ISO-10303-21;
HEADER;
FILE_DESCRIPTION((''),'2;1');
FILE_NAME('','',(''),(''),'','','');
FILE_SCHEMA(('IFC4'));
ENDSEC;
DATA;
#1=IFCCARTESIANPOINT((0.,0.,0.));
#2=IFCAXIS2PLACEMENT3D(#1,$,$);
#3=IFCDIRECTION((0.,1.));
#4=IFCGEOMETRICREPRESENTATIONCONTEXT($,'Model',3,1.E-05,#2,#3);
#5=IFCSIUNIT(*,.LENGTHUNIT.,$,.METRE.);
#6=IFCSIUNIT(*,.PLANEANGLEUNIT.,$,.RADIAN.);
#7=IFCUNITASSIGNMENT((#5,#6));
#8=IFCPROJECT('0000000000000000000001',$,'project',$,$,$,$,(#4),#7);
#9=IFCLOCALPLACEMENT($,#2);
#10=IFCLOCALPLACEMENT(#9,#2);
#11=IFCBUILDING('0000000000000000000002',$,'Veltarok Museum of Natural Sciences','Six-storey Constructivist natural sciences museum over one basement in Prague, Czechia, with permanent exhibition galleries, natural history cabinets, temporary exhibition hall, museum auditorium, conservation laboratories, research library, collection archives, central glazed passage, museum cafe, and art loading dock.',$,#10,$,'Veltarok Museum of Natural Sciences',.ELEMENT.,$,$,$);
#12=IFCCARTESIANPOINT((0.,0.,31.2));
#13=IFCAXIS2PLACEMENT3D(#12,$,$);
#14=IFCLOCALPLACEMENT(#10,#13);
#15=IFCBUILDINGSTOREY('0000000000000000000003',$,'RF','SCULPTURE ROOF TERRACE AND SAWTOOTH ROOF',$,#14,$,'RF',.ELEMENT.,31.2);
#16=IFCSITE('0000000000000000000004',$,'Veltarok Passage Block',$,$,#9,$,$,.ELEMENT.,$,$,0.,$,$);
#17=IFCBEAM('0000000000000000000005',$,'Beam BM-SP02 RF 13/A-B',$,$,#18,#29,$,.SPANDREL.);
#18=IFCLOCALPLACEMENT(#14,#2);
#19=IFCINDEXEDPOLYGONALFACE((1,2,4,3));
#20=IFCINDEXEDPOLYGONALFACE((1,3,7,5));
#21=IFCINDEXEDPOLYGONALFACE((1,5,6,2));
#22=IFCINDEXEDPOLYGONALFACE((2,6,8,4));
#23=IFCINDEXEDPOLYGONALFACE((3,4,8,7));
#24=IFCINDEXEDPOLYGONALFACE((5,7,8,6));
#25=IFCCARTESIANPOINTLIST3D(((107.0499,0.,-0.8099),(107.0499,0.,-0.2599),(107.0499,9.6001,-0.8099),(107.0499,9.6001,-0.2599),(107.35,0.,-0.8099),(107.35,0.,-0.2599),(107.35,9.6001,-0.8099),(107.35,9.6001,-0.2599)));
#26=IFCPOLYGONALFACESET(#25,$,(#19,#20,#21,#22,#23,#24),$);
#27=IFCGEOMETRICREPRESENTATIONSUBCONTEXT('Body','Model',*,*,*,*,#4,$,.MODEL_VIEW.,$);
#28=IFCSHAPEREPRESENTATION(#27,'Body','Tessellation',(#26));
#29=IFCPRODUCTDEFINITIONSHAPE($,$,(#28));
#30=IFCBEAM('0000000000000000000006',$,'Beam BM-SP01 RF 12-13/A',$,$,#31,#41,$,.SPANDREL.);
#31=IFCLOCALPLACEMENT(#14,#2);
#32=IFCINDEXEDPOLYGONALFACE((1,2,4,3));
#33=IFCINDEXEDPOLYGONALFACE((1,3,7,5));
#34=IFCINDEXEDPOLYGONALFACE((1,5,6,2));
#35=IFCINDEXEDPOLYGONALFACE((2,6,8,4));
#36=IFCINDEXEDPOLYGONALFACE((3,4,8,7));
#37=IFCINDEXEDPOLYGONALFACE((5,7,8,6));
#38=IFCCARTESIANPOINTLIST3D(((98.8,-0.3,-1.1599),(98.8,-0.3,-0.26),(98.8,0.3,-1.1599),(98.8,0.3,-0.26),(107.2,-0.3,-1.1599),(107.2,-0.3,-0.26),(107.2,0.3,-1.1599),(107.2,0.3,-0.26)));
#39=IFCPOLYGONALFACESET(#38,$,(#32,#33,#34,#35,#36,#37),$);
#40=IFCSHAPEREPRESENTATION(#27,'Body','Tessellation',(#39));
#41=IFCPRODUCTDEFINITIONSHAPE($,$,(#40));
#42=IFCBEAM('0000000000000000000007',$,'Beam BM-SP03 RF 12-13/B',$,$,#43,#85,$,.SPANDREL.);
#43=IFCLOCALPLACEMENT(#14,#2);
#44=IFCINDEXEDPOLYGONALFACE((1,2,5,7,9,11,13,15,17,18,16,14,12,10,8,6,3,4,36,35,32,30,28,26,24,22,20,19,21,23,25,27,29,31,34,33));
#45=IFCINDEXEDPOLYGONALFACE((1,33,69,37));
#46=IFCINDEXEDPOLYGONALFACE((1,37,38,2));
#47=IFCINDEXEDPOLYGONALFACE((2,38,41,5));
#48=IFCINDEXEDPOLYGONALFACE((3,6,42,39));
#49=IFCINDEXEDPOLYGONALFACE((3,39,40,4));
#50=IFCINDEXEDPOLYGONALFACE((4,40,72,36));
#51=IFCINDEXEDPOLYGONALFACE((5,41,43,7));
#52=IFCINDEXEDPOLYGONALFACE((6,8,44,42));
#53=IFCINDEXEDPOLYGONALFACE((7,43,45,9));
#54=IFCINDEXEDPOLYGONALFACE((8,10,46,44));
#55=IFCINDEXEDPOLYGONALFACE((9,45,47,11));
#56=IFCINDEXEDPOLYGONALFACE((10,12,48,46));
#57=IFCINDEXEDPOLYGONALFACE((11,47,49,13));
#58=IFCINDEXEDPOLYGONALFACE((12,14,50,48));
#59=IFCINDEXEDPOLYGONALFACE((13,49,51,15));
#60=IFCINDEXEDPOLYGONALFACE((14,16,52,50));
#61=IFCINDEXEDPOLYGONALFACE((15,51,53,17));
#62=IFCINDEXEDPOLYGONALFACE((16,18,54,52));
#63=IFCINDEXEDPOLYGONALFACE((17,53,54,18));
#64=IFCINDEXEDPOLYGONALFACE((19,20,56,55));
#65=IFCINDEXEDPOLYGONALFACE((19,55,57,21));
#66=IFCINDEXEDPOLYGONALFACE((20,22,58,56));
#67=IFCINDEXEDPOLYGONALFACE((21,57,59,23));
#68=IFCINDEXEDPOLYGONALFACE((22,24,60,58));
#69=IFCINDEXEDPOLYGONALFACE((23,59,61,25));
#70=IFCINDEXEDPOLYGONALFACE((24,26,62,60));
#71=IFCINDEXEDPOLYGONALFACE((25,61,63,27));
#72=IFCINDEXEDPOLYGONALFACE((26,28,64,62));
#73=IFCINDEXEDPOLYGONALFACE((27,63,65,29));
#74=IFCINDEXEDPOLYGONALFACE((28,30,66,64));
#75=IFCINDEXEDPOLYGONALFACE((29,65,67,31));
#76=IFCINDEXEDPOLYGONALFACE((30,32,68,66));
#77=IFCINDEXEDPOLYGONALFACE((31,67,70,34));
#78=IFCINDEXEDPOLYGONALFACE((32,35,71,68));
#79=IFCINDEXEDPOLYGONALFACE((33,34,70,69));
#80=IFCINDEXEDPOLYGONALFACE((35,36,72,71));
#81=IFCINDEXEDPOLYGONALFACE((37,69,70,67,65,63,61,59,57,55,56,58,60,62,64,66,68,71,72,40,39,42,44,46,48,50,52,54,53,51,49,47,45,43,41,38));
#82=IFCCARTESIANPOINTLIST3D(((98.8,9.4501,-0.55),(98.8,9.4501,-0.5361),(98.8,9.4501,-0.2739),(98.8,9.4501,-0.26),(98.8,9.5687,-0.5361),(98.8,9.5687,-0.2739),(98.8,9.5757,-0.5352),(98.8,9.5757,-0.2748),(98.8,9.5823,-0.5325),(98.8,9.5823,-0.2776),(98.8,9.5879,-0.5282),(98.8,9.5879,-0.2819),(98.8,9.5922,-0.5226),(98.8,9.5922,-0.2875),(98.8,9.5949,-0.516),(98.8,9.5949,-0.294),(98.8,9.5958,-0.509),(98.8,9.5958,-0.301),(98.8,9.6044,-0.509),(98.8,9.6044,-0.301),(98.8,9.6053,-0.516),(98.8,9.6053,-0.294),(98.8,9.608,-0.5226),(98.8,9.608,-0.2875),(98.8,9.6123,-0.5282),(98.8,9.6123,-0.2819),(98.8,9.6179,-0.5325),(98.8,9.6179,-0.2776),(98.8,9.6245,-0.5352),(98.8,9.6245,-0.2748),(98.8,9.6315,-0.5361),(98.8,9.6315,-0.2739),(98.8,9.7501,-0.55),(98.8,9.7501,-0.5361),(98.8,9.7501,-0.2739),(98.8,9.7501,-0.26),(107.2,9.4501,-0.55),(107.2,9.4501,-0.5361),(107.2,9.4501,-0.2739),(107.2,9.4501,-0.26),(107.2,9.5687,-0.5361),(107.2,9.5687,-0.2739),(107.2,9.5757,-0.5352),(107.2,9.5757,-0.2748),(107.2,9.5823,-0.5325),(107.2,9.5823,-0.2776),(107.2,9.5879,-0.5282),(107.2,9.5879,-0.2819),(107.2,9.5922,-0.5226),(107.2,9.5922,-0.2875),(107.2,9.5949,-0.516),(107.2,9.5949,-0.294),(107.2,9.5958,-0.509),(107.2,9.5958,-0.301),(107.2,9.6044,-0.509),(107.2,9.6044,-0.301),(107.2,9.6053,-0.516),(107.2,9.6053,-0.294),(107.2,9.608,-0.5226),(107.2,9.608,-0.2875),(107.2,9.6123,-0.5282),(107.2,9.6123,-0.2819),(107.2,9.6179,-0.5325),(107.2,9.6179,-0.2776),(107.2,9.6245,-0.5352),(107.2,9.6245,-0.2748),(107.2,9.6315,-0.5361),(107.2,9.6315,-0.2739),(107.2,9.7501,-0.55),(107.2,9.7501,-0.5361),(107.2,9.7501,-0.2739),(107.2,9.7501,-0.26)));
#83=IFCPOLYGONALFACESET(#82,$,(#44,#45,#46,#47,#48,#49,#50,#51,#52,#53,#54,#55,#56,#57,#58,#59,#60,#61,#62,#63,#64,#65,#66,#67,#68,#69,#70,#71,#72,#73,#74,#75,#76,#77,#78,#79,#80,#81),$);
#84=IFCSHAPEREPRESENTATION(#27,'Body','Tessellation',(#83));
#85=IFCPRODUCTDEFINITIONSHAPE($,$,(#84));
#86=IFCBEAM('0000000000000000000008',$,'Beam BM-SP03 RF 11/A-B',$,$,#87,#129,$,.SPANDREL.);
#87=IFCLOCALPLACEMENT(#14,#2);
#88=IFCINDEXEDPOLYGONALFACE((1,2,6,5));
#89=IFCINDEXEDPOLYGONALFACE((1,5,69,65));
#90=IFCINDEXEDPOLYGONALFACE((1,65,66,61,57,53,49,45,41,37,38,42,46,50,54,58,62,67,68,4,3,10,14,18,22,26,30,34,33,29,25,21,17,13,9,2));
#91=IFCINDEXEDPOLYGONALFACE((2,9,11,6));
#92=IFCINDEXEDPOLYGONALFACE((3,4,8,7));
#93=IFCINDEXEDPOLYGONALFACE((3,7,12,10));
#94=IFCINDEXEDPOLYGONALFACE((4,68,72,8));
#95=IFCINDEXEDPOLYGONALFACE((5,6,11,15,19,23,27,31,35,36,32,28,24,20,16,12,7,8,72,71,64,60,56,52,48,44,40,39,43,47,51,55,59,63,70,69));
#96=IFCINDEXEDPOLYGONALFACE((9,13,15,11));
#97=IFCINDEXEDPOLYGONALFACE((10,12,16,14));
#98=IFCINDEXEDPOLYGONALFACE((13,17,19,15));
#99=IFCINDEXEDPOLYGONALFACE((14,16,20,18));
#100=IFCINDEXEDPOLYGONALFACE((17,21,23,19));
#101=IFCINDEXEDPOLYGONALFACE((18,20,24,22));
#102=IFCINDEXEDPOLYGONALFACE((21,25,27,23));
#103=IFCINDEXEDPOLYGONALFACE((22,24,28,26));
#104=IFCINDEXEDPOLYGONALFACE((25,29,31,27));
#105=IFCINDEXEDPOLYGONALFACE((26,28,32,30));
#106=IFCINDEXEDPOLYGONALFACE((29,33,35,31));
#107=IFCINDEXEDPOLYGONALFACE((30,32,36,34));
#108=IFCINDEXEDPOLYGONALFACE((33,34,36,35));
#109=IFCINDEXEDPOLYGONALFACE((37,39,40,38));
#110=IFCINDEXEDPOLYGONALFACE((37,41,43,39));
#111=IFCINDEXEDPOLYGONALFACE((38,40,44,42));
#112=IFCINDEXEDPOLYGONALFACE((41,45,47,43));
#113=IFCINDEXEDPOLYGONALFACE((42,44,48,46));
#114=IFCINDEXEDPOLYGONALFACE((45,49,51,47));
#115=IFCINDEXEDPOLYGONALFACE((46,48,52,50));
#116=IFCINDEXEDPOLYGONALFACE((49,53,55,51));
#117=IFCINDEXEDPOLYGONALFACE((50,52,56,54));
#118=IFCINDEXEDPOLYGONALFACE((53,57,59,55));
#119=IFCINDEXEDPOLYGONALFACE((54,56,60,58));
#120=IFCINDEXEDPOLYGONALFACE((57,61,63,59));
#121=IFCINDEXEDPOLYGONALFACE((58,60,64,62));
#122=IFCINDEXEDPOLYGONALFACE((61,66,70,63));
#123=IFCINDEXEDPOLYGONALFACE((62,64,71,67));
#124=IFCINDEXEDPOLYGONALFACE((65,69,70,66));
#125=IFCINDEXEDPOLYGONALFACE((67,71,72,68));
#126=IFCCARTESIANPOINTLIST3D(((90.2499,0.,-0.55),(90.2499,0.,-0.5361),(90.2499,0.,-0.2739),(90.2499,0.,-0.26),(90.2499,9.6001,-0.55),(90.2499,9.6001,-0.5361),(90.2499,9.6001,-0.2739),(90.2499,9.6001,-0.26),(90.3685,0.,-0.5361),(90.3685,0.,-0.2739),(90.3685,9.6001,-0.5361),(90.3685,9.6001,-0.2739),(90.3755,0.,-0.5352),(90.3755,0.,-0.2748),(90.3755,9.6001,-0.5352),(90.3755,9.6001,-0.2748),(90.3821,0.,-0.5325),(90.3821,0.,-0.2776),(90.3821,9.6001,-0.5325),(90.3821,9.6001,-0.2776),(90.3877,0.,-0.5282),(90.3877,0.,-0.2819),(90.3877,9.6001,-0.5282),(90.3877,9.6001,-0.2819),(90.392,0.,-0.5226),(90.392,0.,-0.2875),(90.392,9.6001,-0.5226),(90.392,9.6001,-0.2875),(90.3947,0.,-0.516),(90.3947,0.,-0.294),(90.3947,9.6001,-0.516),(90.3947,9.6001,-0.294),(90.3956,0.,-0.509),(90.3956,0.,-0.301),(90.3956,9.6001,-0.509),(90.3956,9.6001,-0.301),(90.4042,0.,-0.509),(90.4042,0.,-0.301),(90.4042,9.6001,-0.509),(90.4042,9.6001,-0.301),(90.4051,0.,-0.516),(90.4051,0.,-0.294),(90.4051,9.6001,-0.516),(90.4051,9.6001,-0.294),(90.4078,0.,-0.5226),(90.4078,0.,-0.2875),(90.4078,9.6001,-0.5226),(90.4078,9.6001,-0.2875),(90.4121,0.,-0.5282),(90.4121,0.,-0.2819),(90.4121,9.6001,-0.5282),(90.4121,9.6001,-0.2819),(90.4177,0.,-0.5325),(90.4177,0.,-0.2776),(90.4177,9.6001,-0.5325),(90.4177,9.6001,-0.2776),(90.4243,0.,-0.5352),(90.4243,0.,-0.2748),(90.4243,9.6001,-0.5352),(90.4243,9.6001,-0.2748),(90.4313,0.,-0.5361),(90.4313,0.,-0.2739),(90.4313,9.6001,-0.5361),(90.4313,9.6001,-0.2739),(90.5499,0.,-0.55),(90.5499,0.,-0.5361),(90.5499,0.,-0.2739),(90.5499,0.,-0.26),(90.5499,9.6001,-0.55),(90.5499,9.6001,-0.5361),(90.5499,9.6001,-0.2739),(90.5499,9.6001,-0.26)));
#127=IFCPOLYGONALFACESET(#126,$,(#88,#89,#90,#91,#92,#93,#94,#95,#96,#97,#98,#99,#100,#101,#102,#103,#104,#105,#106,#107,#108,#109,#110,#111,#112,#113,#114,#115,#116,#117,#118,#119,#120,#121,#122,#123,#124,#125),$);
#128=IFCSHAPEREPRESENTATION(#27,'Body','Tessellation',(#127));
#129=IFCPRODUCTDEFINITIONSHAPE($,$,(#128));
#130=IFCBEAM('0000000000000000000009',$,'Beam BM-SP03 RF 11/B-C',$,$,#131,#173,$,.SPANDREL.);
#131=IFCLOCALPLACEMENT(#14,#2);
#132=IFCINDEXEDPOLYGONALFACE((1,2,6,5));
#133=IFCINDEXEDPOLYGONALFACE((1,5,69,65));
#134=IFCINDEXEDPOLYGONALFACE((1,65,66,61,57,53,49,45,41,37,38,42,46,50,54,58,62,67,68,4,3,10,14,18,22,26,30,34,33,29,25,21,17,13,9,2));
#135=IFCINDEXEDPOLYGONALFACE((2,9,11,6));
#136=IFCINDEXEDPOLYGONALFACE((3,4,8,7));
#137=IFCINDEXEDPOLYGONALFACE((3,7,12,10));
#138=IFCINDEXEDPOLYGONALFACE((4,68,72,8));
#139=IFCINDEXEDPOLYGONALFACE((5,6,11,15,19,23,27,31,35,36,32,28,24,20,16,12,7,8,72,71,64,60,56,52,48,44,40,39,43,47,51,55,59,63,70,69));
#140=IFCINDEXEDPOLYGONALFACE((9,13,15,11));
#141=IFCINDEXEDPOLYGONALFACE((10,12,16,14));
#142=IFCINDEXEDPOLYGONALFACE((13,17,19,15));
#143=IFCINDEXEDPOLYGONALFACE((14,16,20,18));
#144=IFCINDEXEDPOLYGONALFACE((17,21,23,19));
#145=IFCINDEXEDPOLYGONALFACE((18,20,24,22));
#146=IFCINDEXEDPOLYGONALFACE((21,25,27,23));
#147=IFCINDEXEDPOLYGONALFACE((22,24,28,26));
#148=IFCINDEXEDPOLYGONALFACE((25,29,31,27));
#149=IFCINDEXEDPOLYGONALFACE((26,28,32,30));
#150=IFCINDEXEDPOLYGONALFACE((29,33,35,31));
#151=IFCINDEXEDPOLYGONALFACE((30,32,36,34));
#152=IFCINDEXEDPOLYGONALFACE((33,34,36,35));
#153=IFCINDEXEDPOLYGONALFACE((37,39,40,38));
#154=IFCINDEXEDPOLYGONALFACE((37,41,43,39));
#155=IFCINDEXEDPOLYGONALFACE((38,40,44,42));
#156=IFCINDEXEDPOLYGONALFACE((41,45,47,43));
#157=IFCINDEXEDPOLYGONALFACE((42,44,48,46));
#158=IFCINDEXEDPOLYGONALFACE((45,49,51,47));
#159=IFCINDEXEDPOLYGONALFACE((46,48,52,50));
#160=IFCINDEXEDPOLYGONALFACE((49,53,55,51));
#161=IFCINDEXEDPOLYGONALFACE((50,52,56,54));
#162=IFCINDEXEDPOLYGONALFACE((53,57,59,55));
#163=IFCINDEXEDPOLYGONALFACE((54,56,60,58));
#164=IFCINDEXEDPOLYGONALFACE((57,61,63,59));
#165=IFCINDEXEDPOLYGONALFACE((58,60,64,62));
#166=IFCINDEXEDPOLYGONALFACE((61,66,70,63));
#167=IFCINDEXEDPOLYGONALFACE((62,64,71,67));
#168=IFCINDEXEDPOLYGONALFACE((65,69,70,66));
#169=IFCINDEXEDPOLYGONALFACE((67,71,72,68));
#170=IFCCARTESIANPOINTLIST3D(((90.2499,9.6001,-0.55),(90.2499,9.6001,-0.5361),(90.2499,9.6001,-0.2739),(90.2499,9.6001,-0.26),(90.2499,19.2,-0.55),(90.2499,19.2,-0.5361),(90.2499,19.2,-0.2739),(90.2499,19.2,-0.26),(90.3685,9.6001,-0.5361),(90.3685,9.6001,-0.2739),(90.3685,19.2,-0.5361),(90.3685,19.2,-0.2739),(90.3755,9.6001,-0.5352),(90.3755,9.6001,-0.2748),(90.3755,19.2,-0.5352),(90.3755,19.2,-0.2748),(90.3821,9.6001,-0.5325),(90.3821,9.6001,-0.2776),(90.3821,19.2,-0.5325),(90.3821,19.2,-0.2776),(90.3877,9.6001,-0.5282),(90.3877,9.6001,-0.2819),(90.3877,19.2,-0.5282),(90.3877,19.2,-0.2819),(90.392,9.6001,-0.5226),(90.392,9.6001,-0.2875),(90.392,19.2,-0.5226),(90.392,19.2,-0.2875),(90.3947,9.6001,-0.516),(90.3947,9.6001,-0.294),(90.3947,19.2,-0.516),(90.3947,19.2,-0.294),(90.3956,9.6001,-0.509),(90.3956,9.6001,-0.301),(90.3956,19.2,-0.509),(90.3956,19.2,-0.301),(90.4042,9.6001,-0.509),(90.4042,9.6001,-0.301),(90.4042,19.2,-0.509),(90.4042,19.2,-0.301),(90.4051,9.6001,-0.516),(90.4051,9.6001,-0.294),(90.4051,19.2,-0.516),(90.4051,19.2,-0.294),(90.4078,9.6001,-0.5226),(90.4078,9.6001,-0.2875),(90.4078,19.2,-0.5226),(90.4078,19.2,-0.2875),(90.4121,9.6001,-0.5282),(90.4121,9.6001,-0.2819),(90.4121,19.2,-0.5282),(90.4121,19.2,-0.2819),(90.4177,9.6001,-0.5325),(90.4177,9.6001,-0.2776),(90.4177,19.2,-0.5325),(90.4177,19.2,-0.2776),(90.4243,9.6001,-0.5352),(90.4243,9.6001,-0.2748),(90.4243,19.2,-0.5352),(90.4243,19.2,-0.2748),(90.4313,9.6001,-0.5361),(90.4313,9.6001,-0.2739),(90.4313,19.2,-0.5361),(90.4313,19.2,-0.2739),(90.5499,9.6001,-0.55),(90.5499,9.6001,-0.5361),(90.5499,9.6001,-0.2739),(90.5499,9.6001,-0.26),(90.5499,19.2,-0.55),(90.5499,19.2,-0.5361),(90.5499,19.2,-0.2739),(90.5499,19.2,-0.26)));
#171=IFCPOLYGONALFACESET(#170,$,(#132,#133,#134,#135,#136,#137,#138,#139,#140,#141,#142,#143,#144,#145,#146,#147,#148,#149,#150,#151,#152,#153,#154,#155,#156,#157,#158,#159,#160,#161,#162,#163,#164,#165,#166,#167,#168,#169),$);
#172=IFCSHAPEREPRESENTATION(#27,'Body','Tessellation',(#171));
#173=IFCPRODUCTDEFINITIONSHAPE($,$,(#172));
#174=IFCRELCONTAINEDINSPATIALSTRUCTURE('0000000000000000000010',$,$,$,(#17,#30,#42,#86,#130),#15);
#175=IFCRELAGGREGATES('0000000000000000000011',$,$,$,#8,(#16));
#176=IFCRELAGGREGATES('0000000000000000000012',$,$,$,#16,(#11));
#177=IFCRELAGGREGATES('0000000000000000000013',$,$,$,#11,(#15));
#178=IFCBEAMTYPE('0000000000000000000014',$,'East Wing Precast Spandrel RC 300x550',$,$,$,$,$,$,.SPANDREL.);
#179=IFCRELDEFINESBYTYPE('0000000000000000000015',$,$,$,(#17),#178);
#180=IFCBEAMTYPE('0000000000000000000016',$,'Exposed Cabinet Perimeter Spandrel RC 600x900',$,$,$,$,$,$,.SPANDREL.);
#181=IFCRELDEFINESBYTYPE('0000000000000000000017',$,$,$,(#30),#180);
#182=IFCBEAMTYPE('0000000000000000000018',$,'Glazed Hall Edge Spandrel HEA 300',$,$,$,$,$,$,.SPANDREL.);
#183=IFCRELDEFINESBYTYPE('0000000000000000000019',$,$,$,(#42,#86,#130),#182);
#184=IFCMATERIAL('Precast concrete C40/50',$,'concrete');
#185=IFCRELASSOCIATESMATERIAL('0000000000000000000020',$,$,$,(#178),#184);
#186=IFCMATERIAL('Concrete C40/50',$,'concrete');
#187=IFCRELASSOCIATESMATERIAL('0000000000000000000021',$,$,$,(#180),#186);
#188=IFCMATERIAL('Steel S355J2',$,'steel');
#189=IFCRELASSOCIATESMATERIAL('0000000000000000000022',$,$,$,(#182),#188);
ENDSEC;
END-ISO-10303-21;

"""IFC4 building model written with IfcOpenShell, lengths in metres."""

from ifc_helpers import new_model, si_unit, direction, frame, origin, origin_2d, place, context, subcontext, project, spatial, rectangle, i_section, extrude, material, material_profile, profile_set, type_object, element, save


model = new_model("IFC4")

# Units and contexts
model_context = context("Model", 3, precision=1e-05, world=origin(), true_north=direction((0.0, 1.0)))
body_context = subcontext(model_context, "Body", "Model", "MODEL_VIEW")
ifc_project = project(units=[si_unit("LENGTHUNIT", "METRE"), si_unit("PLANEANGLEUNIT", "RADIAN")], contexts=[model_context])

# Site, building, storey
site_placement = place(None, origin())
site = spatial("IfcSite", under=ifc_project, at=site_placement, Name="Veltarok Passage Block", CompositionType="ELEMENT", RefElevation=0.0)
building_placement = place(site_placement, origin())
building = spatial("IfcBuilding", under=site, at=building_placement, Name="Veltarok Museum of Natural Sciences", Description="Six-storey Constructivist natural sciences museum over one basement in Prague, Czechia, with permanent exhibition galleries, natural history cabinets, temporary exhibition hall, museum auditorium, conservation laboratories, research library, collection archives, central glazed passage, museum cafe, and art loading dock.", LongName="Veltarok Museum of Natural Sciences", CompositionType="ELEMENT")
storey_placement = place(building_placement, frame((0.0, 0.0, 31.2)))
storey = spatial("IfcBuildingStorey", under=building, at=storey_placement, Name="RF", Description="SCULPTURE ROOF TERRACE AND SAWTOOTH ROOF", LongName="RF", CompositionType="ELEMENT", Elevation=31.2)

# Beams
ifc_material_1 = material(Name="Precast concrete C40/50", Category="concrete")
ifc_material_profile_1 = material_profile(ifc_material_1, rectangle(XDim=0.3, YDim=0.55, at=origin_2d()), Name="RC 300x550")
ifc_profile_set_1 = profile_set([ifc_material_profile_1], Name="Precast concrete C40/50")
beam_type_1 = type_object("IfcBeamType", Name="East Wing Precast Spandrel RC 300x550", PredefinedType="SPANDREL", material=ifc_profile_set_1)
beam_1_placement = place(storey_placement, frame((107.2, 0.0, -0.5349), z_axis=(0.0, 1.0, 0.0), x_axis=(-1.0, 0.0, 0.0)))
element("IfcBeam", 1, at=beam_1_placement, inside=storey, type_object=beam_type_1, Name="Beam BM-SP02 RF 13/A-B", PredefinedType="SPANDREL", context=body_context, shape_type="SweptSolid", body=[
    extrude(rectangle(XDim=0.3, YDim=0.55, at=origin_2d()), origin(), (0.0, 0.0, 1.0), 9.6001),
])
ifc_material_2 = material(Name="Concrete C40/50", Category="concrete")
ifc_material_profile_2 = material_profile(ifc_material_2, rectangle(XDim=0.6001, YDim=0.8999, at=origin_2d()), Name="RC 600x900")
ifc_profile_set_2 = profile_set([ifc_material_profile_2], Name="Concrete C40/50")
beam_type_2 = type_object("IfcBeamType", Name="Exposed Cabinet Perimeter Spandrel RC 600x900", PredefinedType="SPANDREL", material=ifc_profile_set_2)
beam_2_placement = place(storey_placement, frame((98.8, 0.0, -0.71), z_axis=(1.0, 0.0, 0.0), x_axis=(0.0, 1.0, 0.0)))
element("IfcBeam", 2, at=beam_2_placement, inside=storey, type_object=beam_type_2, Name="Beam BM-SP01 RF 12-13/A", PredefinedType="SPANDREL", context=body_context, shape_type="SweptSolid", body=[
    extrude(rectangle(XDim=0.6001, YDim=0.8999, at=origin_2d()), origin(), (0.0, 0.0, 1.0), 8.3999),
])
ifc_material_3 = material(Name="Steel S355J2", Category="steel")
ifc_material_profile_3 = material_profile(ifc_material_3, i_section(OverallWidth=0.3, OverallDepth=0.29, WebThickness=0.0085, FlangeThickness=0.0139, FilletRadius=0.0271, at=origin_2d()), Name="HEA 300")
ifc_profile_set_3 = profile_set([ifc_material_profile_3], Name="Steel S355J2")
beam_type_3 = type_object("IfcBeamType", Name="Glazed Hall Edge Spandrel HEA 300", PredefinedType="SPANDREL", material=ifc_profile_set_3)
beam_3_placement = place(storey_placement, frame((98.8, 9.6001, -0.405), z_axis=(1.0, 0.0, 0.0), x_axis=(0.0, 1.0, 0.0)))
element("IfcBeam", 3, at=beam_3_placement, inside=storey, type_object=beam_type_3, Name="Beam BM-SP03 RF 12-13/B", PredefinedType="SPANDREL", context=body_context, shape_type="SweptSolid", body=[
    extrude(i_section(OverallWidth=0.3, OverallDepth=0.29, WebThickness=0.0085, FlangeThickness=0.0139, FilletRadius=0.0271, at=origin_2d()), origin(), (0.0, 0.0, 1.0), 8.3999),
])
beam_4_placement = place(storey_placement, frame((90.3999, 0.0, -0.405), z_axis=(0.0, 1.0, 0.0), x_axis=(-1.0, 0.0, 0.0)))
element("IfcBeam", 4, at=beam_4_placement, inside=storey, type_object=beam_type_3, Name="Beam BM-SP03 RF 11/A-B", PredefinedType="SPANDREL", context=body_context, shape_type="SweptSolid", body=[
    extrude(i_section(OverallWidth=0.3, OverallDepth=0.29, WebThickness=0.0085, FlangeThickness=0.0139, FilletRadius=0.0271, at=origin_2d()), origin(), (0.0, 0.0, 1.0), 9.6001),
])
beam_5_placement = place(storey_placement, frame((90.3999, 9.6001, -0.405), z_axis=(0.0, 1.0, 0.0), x_axis=(-1.0, 0.0, 0.0)))
element("IfcBeam", 5, at=beam_5_placement, inside=storey, type_object=beam_type_3, Name="Beam BM-SP03 RF 11/B-C", PredefinedType="SPANDREL", context=body_context, shape_type="SweptSolid", body=[
    extrude(i_section(OverallWidth=0.3, OverallDepth=0.29, WebThickness=0.0085, FlangeThickness=0.0139, FilletRadius=0.0271, at=origin_2d()), origin(), (0.0, 0.0, 1.0), 9.5999),
])

save(model, "model.ifc")
